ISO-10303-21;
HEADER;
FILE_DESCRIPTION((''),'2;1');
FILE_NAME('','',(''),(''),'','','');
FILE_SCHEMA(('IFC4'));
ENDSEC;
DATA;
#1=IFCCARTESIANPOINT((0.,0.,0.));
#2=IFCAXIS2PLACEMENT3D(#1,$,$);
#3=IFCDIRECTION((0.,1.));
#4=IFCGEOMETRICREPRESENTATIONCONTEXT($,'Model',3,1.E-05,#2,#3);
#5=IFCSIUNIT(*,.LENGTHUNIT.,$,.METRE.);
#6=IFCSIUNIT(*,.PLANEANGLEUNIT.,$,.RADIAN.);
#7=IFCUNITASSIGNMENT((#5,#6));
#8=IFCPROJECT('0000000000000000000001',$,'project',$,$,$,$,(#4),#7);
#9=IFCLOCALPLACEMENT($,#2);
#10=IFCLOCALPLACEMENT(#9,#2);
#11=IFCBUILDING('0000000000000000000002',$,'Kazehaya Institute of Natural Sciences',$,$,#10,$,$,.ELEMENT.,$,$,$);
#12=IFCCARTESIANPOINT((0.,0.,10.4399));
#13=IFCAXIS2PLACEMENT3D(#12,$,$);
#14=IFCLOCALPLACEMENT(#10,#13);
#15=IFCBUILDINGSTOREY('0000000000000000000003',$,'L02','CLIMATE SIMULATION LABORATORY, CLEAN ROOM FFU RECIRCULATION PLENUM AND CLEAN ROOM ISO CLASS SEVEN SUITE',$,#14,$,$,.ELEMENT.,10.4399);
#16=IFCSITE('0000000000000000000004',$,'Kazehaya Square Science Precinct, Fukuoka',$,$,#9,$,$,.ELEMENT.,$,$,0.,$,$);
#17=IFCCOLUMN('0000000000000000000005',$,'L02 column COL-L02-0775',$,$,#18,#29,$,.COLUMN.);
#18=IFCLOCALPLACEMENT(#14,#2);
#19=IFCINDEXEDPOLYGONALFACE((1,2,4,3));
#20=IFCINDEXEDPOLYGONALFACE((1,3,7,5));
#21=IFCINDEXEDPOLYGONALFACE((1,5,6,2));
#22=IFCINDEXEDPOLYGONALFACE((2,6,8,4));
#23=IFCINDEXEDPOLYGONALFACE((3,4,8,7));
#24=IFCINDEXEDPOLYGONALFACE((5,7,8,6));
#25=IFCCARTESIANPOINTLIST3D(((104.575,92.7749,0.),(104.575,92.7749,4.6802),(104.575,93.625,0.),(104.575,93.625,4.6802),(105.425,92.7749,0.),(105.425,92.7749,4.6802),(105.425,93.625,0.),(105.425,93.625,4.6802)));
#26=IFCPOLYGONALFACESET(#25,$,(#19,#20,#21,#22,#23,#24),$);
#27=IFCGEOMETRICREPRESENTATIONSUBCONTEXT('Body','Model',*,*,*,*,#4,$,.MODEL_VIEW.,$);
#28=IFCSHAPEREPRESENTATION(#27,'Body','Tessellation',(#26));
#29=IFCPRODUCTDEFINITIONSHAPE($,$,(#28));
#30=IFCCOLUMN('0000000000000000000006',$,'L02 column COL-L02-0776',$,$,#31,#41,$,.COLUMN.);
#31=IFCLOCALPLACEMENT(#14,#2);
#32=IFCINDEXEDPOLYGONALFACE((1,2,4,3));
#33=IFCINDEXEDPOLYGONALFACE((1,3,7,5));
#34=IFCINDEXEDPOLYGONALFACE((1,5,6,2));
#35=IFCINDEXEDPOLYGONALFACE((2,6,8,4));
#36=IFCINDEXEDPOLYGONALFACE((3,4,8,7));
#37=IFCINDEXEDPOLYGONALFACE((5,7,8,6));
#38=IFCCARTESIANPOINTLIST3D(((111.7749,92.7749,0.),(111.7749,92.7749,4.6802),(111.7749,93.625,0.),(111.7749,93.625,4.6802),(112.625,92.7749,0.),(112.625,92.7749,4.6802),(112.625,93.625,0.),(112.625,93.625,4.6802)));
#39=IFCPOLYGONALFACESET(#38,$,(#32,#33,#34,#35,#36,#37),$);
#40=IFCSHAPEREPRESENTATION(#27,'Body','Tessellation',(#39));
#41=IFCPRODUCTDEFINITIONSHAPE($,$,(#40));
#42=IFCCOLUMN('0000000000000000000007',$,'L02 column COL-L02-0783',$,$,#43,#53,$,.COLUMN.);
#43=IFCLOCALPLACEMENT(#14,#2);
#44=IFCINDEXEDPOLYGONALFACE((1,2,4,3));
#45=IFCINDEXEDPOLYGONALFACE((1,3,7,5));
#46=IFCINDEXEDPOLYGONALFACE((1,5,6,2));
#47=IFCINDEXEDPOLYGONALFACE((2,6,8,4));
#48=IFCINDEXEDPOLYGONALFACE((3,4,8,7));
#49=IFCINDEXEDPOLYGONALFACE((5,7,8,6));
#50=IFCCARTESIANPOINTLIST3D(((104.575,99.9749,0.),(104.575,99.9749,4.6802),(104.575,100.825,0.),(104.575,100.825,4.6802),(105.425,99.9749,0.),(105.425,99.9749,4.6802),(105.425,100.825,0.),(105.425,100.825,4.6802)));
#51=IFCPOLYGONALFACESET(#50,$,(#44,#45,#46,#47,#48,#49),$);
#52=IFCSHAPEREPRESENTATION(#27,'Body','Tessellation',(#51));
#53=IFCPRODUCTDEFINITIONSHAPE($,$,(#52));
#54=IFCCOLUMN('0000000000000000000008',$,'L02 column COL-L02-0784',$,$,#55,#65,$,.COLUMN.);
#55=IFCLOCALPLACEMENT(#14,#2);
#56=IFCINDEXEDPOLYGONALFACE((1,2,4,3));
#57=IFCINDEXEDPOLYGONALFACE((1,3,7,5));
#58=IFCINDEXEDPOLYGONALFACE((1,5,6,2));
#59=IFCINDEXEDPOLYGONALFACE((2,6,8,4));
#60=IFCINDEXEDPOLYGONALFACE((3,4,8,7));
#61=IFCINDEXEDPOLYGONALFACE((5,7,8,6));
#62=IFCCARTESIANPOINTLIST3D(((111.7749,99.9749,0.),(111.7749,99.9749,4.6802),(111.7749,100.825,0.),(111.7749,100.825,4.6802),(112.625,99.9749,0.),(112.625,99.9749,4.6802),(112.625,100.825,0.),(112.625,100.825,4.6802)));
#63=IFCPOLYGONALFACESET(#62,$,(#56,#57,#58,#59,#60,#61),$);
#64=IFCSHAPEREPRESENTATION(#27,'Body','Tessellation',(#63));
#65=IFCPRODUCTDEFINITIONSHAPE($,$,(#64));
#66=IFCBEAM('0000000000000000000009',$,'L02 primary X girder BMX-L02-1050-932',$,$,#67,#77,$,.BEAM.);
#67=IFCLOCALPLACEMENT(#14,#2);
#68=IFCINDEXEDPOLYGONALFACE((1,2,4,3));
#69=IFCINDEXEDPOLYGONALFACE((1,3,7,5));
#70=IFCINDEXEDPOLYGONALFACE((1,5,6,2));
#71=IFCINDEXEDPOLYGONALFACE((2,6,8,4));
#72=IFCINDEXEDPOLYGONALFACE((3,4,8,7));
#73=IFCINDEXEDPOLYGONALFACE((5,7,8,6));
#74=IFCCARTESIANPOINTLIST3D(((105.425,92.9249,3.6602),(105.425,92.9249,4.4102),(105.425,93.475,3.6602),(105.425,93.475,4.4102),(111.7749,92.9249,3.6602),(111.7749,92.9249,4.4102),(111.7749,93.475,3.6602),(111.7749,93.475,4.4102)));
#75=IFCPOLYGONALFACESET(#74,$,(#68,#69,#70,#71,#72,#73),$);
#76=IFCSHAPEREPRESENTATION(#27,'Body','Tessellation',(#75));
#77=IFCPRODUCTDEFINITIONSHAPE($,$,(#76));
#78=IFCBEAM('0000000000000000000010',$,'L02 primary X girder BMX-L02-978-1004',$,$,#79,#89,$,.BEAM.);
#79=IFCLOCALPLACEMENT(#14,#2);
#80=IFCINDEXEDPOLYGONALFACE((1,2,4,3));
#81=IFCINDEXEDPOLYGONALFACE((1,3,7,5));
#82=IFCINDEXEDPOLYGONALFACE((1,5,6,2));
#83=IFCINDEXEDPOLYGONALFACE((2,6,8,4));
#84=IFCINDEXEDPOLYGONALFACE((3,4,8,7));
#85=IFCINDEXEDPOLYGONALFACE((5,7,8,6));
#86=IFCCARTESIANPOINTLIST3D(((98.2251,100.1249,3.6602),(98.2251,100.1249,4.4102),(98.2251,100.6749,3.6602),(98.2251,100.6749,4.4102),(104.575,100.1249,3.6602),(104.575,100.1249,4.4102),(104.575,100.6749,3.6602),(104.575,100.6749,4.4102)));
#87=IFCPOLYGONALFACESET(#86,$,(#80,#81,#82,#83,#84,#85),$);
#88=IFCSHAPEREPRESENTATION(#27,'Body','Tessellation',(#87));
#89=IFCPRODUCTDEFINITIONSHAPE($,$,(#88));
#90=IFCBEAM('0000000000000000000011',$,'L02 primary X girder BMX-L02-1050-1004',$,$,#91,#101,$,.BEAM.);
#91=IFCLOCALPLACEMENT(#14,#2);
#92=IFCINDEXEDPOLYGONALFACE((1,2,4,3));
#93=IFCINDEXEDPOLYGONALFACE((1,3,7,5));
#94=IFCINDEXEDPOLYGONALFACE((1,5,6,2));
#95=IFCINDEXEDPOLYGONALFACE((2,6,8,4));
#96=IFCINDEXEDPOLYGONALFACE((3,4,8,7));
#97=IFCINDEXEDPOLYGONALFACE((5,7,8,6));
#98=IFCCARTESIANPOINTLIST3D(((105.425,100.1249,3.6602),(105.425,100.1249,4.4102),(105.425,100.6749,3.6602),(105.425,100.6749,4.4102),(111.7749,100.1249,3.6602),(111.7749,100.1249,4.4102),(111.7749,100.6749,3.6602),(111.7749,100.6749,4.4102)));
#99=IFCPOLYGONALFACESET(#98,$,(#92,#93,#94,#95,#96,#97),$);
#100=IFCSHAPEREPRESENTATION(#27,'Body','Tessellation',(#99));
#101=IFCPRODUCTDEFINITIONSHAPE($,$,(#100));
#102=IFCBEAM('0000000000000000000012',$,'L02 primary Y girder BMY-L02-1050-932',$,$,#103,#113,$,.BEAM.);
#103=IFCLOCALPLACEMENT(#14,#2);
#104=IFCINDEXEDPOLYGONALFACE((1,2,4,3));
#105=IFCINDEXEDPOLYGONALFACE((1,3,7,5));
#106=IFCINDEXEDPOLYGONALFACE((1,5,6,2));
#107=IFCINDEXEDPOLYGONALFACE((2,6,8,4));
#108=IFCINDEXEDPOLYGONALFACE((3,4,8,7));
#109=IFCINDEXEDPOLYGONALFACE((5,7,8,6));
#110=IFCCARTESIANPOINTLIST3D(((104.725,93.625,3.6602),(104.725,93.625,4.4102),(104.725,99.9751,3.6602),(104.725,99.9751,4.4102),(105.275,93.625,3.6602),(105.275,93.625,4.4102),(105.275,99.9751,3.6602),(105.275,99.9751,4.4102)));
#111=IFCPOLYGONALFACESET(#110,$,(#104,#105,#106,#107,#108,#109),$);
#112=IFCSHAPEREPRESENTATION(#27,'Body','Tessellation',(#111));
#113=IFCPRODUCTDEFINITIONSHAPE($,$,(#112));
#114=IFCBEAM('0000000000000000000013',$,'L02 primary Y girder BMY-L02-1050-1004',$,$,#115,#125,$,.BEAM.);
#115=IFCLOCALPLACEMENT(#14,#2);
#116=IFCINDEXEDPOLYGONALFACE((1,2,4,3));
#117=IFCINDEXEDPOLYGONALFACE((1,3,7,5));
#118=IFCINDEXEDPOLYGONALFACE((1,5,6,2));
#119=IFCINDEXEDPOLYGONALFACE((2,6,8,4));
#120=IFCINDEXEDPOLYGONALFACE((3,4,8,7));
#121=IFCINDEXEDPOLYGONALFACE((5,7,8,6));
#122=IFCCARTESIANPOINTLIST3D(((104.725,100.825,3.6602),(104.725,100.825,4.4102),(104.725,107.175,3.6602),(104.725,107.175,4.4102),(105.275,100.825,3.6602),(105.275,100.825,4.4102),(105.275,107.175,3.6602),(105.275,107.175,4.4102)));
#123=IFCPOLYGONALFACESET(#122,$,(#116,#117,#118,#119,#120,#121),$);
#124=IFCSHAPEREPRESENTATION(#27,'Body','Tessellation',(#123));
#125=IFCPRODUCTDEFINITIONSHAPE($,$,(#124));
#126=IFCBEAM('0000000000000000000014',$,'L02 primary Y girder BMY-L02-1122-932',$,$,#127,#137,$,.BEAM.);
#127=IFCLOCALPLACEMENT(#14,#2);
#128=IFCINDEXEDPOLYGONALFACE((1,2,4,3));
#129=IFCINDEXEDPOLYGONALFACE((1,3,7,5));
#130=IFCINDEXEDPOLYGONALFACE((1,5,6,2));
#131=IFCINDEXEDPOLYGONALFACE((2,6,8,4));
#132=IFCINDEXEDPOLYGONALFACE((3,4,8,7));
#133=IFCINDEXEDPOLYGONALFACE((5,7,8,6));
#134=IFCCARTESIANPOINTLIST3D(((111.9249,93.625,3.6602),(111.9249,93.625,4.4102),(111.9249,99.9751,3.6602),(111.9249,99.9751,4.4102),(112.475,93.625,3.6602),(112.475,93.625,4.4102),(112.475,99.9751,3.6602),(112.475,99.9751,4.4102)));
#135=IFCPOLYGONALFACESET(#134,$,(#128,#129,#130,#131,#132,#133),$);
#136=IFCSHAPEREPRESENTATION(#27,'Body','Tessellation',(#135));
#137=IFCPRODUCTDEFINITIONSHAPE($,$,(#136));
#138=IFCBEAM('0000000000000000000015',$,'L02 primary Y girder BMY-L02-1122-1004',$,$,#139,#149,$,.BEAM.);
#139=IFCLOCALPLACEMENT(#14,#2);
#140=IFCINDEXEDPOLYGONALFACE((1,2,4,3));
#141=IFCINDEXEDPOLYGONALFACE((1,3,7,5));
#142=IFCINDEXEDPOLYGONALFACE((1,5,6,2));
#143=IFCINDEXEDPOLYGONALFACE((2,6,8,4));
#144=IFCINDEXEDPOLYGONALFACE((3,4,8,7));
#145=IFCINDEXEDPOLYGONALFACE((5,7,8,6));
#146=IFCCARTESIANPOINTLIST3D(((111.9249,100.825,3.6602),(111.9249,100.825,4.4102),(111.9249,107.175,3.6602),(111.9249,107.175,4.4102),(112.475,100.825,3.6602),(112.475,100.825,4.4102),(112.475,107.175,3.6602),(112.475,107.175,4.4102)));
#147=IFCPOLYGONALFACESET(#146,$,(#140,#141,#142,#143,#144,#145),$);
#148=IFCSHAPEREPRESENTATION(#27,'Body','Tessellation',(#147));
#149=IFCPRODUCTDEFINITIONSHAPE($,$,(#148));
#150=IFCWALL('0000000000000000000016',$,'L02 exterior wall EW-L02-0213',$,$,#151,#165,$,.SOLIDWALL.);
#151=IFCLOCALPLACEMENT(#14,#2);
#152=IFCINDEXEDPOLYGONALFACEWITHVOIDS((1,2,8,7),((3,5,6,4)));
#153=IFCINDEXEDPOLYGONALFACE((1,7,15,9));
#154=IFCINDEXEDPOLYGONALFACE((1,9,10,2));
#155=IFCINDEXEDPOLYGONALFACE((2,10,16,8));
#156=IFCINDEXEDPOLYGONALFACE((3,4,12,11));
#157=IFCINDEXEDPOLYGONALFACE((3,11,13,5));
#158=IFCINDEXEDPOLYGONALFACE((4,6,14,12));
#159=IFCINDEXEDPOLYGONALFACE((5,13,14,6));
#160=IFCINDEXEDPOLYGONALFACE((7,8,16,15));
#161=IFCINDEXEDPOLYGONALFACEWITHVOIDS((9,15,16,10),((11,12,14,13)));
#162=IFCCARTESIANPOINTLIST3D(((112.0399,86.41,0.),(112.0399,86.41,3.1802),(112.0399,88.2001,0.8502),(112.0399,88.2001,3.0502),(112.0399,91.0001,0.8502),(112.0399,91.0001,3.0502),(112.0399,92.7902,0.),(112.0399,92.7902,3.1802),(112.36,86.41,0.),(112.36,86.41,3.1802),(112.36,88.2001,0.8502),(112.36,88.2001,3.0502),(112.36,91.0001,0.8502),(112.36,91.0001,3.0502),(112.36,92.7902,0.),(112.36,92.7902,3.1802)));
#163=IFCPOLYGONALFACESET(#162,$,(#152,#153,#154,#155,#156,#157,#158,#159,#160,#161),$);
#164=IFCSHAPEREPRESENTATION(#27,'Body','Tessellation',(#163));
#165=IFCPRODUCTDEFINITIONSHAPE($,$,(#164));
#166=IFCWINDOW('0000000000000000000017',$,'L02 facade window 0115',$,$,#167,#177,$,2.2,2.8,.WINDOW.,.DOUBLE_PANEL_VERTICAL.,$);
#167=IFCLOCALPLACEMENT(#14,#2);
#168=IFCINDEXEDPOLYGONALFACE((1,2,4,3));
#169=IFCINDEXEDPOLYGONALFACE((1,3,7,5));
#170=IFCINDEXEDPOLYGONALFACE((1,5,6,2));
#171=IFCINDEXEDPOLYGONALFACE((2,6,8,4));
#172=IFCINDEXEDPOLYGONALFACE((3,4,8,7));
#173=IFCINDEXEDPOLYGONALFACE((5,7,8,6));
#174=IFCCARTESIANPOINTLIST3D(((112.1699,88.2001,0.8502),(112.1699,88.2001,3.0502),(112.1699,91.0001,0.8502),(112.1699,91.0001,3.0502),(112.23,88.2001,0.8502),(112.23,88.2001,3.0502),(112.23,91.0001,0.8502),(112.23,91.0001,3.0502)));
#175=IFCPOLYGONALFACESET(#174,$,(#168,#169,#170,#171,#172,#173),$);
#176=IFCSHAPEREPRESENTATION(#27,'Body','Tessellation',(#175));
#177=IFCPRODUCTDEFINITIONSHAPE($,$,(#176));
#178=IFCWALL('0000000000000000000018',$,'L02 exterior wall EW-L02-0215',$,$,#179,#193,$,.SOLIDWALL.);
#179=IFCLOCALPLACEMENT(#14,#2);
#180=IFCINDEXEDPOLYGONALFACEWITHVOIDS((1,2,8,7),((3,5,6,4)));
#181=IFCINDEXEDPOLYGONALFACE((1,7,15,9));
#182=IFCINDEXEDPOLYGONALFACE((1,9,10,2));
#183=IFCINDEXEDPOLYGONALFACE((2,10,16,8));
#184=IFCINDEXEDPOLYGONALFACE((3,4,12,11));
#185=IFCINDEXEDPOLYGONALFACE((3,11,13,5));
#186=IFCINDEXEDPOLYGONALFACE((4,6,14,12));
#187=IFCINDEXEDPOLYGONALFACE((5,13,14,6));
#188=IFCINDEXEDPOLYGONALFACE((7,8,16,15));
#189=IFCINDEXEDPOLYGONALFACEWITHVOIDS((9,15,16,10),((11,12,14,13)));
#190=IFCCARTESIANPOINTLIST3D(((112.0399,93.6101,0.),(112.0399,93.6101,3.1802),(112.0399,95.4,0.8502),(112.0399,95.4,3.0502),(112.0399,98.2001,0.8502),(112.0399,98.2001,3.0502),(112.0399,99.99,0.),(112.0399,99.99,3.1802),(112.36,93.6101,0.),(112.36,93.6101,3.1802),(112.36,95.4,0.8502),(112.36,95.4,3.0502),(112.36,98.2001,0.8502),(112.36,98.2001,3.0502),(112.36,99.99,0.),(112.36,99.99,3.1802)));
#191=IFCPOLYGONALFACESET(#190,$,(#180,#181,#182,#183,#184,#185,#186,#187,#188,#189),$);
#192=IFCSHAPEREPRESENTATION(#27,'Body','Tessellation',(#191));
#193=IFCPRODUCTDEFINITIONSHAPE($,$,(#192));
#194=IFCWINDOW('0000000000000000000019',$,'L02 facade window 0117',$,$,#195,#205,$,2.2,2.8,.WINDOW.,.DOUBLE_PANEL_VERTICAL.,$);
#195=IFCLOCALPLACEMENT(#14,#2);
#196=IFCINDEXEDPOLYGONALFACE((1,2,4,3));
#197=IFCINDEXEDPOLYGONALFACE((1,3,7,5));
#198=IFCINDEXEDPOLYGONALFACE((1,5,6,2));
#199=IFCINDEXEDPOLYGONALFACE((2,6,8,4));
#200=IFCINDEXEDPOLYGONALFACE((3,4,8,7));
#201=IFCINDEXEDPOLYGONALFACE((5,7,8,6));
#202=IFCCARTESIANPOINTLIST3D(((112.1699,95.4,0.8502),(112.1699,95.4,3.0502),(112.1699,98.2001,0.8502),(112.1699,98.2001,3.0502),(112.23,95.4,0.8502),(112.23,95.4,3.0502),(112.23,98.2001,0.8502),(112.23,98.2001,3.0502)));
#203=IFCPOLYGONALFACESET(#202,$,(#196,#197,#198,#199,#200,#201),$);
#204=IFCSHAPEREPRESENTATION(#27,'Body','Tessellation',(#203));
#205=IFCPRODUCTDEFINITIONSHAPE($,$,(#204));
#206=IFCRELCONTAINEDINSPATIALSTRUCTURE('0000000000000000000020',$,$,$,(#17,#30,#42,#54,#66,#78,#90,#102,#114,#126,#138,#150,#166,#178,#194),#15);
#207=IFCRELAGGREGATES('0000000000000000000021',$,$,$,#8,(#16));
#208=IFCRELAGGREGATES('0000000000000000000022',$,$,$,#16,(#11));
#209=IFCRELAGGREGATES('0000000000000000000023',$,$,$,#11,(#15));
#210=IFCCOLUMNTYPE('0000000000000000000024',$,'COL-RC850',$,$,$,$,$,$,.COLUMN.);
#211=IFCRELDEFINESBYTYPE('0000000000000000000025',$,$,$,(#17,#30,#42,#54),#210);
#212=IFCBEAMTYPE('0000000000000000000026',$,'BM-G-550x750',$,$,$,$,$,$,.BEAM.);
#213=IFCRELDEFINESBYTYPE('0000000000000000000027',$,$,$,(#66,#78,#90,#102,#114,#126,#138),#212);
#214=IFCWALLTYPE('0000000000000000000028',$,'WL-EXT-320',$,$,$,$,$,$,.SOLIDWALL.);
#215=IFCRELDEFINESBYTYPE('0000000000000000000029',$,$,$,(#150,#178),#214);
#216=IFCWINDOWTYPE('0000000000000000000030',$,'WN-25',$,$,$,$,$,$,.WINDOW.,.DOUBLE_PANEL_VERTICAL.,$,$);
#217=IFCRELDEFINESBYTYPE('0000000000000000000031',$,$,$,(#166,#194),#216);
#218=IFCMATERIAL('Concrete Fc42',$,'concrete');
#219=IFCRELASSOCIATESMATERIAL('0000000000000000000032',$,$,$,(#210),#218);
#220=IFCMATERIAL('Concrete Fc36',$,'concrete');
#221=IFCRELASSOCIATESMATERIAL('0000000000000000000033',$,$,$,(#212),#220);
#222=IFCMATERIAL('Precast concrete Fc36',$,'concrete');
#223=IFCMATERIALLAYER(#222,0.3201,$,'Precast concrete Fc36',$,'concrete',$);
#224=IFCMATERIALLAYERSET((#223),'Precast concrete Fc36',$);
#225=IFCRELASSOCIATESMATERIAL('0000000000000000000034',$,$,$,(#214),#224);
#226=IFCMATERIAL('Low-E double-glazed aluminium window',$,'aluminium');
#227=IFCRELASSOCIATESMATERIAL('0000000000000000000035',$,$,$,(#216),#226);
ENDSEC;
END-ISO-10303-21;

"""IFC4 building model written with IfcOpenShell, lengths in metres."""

from ifc_helpers import new_model, si_unit, direction, frame, frame_2d, origin, origin_2d, place, context, subcontext, project, spatial, rectangle, extrude, material, layer, layer_set, material_profile, profile_set, type_object, element, fill, save


model = new_model("IFC4")

# Units and contexts
model_context = context("Model", 3, precision=1e-05, world=origin(), true_north=direction((0.0, 1.0)))
body_context = subcontext(model_context, "Body", "Model", "MODEL_VIEW")
ifc_project = project(units=[si_unit("LENGTHUNIT", "METRE"), si_unit("PLANEANGLEUNIT", "RADIAN")], contexts=[model_context])

# Site, building, storey
site_placement = place(None, origin())
site = spatial("IfcSite", under=ifc_project, at=site_placement, Name="Kazehaya Square Science Precinct, Fukuoka", CompositionType="ELEMENT", RefElevation=0.0)
building_placement = place(site_placement, origin())
building = spatial("IfcBuilding", under=site, at=building_placement, Name="Kazehaya Institute of Natural Sciences", CompositionType="ELEMENT")
storey_placement = place(building_placement, frame((0.0, 0.0, 10.4399)))
storey = spatial("IfcBuildingStorey", under=building, at=storey_placement, Name="L02", Description="CLIMATE SIMULATION LABORATORY, CLEAN ROOM FFU RECIRCULATION PLENUM AND CLEAN ROOM ISO CLASS SEVEN SUITE", CompositionType="ELEMENT", Elevation=10.4399)

# Columns
ifc_material_1 = material(Name="Concrete Fc42", Category="concrete")
ifc_material_profile_1 = material_profile(ifc_material_1, rectangle(XDim=0.8501, YDim=0.8501, at=origin_2d()), Name="RC-850x850")
ifc_profile_set_1 = profile_set([ifc_material_profile_1], Name="Concrete Fc42")
column_type = type_object("IfcColumnType", Name="COL-RC850", PredefinedType="COLUMN", material=ifc_profile_set_1)
for number, where, z_axis, x_axis, name in (
    (1, (105.0, 93.2, 0.0), (0.0, 0.0, 1.0), (1.0, 0.0, 0.0), "L02 column COL-L02-0775"),
    (2, (112.2, 93.2, 0.0), (0.0, 0.0, 1.0), (1.0, 0.0, 0.0), "L02 column COL-L02-0776"),
    (3, (105.0, 100.3999, 0.0), (0.0, 0.0, 1.0), (1.0, 0.0, 0.0), "L02 column COL-L02-0783"),
    (4, (112.2, 100.3999, 0.0), (0.0, 0.0, 1.0), (1.0, 0.0, 0.0), "L02 column COL-L02-0784"),
):
    element("IfcColumn", number, at=place(storey_placement, frame(where, z_axis=z_axis, x_axis=x_axis)), inside=storey, type_object=column_type, Name=name, PredefinedType="COLUMN", context=body_context, shape_type="SweptSolid", body=[
        extrude(rectangle(XDim=0.8501, YDim=0.8501, at=origin_2d()), origin(), (0.0, 0.0, 1.0), 4.6802),
    ])

# Beams
ifc_material_2 = material(Name="Concrete Fc36", Category="concrete")
ifc_material_profile_2 = material_profile(ifc_material_2, rectangle(XDim=0.55, YDim=0.75, at=origin_2d()), Name="RC-550x750")
ifc_profile_set_2 = profile_set([ifc_material_profile_2], Name="Concrete Fc36")
beam_type = type_object("IfcBeamType", Name="BM-G-550x750", PredefinedType="BEAM", material=ifc_profile_set_2)
for number, where, z_axis, x_axis, name in (
    (5, (105.425, 93.2, 4.0352), (1.0, 0.0, 0.0), (0.0, 1.0, 0.0), "L02 primary X girder BMX-L02-1050-932"),
    (6, (98.2251, 100.3999, 4.0352), (1.0, 0.0, 0.0), (0.0, 1.0, 0.0), "L02 primary X girder BMX-L02-978-1004"),
    (7, (105.425, 100.3999, 4.0352), (1.0, 0.0, 0.0), (0.0, 1.0, 0.0), "L02 primary X girder BMX-L02-1050-1004"),
):
    element("IfcBeam", number, at=place(storey_placement, frame(where, z_axis=z_axis, x_axis=x_axis)), inside=storey, type_object=beam_type, Name=name, PredefinedType="BEAM", context=body_context, shape_type="SweptSolid", body=[
        extrude(rectangle(XDim=0.55, YDim=0.75, at=origin_2d()), origin(), (0.0, 0.0, 1.0), 6.3499),
    ])
for number, where, z_axis, x_axis, name in (
    (8, (105.0, 93.625, 4.0352), (0.0, 1.0, 0.0), (-1.0, 0.0, 0.0), "L02 primary Y girder BMY-L02-1050-932"),
    (9, (105.0, 100.825, 4.0352), (0.0, 1.0, 0.0), (-1.0, 0.0, 0.0), "L02 primary Y girder BMY-L02-1050-1004"),
    (10, (112.2, 93.625, 4.0352), (0.0, 1.0, 0.0), (-1.0, 0.0, 0.0), "L02 primary Y girder BMY-L02-1122-932"),
    (11, (112.2, 100.825, 4.0352), (0.0, 1.0, 0.0), (-1.0, 0.0, 0.0), "L02 primary Y girder BMY-L02-1122-1004"),
):
    element("IfcBeam", number, at=place(storey_placement, frame(where, z_axis=z_axis, x_axis=x_axis)), inside=storey, type_object=beam_type, Name=name, PredefinedType="BEAM", context=body_context, shape_type="SweptSolid", body=[
        extrude(rectangle(XDim=0.55, YDim=0.75, at=origin_2d()), origin(), (0.0, 0.0, 1.0), 6.3501),
    ])

# Walls, openings, windows
ifc_material_3 = material(Name="Precast concrete Fc36", Category="concrete")
ifc_layer_1 = layer(ifc_material_3, 0.3201, Name="Precast concrete Fc36", Category="concrete")
ifc_layer_set_1 = layer_set([ifc_layer_1], Name="Precast concrete Fc36")
wall_type_1 = type_object("IfcWallType", Name="WL-EXT-320", PredefinedType="SOLIDWALL", material=ifc_layer_set_1)
wall_1_placement = place(storey_placement, frame((112.2, 92.79, 0.0), z_axis=(0.0, 0.0, 1.0), x_axis=(0.0, -1.0, 0.0)))
wall_1 = element("IfcWall", 12, at=wall_1_placement, inside=storey, type_object=wall_type_1, Name="L02 exterior wall EW-L02-0213", PredefinedType="SOLIDWALL", context=body_context, shape_type="SweptSolid", body=[
    extrude(rectangle(XDim=6.3801, YDim=0.3201, at=frame_2d((3.1899, 0.0))), origin(), (0.0, 0.0, 1.0), 3.1802),
])
opening_1_placement = place(wall_1_placement, frame((1.79, 0.0, 0.8501)))
opening_1 = element("IfcOpeningElement", 13, at=opening_1_placement, cuts=wall_1, PredefinedType="OPENING", context=body_context, shape_type="SweptSolid", body=[
    extrude(rectangle(XDim=2.8, YDim=2.2, at=frame_2d((1.3999, 1.1001))), frame((0.0, 0.1699, 0.0), z_axis=(0.0, -1.0, 0.0), x_axis=(1.0, 0.0, 0.0)), (0.0, 0.0, 1.0), 0.3401),
])
ifc_material_4 = material(Name="Low-E double-glazed aluminium window", Category="aluminium")
window_type = type_object("IfcWindowType", Name="WN-25", PartitioningType="DOUBLE_PANEL_VERTICAL", PredefinedType="WINDOW", material=ifc_material_4)
window_1_placement = place(opening_1_placement, origin())
window_1 = element("IfcWindow", 14, at=window_1_placement, inside=storey, type_object=window_type, Name="L02 facade window 0115", OverallHeight=2.2, OverallWidth=2.8, PartitioningType="DOUBLE_PANEL_VERTICAL", PredefinedType="WINDOW", context=body_context, shape_type="SweptSolid", body=[
    extrude(rectangle(XDim=2.8, YDim=2.2, at=frame_2d((1.3999, 1.1001))), frame((0.0, 0.03, 0.0), z_axis=(0.0, -1.0, 0.0), x_axis=(1.0, 0.0, 0.0)), (0.0, 0.0, 1.0), 0.0601),
])
fill(opening_1, window_1)
wall_2_placement = place(storey_placement, frame((112.2, 99.99, 0.0), z_axis=(0.0, 0.0, 1.0), x_axis=(0.0, -1.0, 0.0)))
wall_2 = element("IfcWall", 15, at=wall_2_placement, inside=storey, type_object=wall_type_1, Name="L02 exterior wall EW-L02-0215", PredefinedType="SOLIDWALL", context=body_context, shape_type="SweptSolid", body=[
    extrude(rectangle(XDim=6.3799, YDim=0.3201, at=frame_2d((3.1899, 0.0))), origin(), (0.0, 0.0, 1.0), 3.1802),
])
opening_2_placement = place(wall_2_placement, frame((1.79, 0.0, 0.8501)))
opening_2 = element("IfcOpeningElement", 16, at=opening_2_placement, cuts=wall_2, PredefinedType="OPENING", context=body_context, shape_type="SweptSolid", body=[
    extrude(rectangle(XDim=2.8, YDim=2.2, at=frame_2d((1.3999, 1.1001))), frame((0.0, 0.1699, 0.0), z_axis=(0.0, -1.0, 0.0), x_axis=(1.0, 0.0, 0.0)), (0.0, 0.0, 1.0), 0.3401),
])
window_2_placement = place(opening_2_placement, origin())
window_2 = element("IfcWindow", 17, at=window_2_placement, inside=storey, type_object=window_type, Name="L02 facade window 0117", OverallHeight=2.2, OverallWidth=2.8, PartitioningType="DOUBLE_PANEL_VERTICAL", PredefinedType="WINDOW", context=body_context, shape_type="SweptSolid", body=[
    extrude(rectangle(XDim=2.8, YDim=2.2, at=frame_2d((1.3999, 1.1001))), frame((0.0, 0.03, 0.0), z_axis=(0.0, -1.0, 0.0), x_axis=(1.0, 0.0, 0.0)), (0.0, 0.0, 1.0), 0.0601),
])
fill(opening_2, window_2)

save(model, "model.ifc")
